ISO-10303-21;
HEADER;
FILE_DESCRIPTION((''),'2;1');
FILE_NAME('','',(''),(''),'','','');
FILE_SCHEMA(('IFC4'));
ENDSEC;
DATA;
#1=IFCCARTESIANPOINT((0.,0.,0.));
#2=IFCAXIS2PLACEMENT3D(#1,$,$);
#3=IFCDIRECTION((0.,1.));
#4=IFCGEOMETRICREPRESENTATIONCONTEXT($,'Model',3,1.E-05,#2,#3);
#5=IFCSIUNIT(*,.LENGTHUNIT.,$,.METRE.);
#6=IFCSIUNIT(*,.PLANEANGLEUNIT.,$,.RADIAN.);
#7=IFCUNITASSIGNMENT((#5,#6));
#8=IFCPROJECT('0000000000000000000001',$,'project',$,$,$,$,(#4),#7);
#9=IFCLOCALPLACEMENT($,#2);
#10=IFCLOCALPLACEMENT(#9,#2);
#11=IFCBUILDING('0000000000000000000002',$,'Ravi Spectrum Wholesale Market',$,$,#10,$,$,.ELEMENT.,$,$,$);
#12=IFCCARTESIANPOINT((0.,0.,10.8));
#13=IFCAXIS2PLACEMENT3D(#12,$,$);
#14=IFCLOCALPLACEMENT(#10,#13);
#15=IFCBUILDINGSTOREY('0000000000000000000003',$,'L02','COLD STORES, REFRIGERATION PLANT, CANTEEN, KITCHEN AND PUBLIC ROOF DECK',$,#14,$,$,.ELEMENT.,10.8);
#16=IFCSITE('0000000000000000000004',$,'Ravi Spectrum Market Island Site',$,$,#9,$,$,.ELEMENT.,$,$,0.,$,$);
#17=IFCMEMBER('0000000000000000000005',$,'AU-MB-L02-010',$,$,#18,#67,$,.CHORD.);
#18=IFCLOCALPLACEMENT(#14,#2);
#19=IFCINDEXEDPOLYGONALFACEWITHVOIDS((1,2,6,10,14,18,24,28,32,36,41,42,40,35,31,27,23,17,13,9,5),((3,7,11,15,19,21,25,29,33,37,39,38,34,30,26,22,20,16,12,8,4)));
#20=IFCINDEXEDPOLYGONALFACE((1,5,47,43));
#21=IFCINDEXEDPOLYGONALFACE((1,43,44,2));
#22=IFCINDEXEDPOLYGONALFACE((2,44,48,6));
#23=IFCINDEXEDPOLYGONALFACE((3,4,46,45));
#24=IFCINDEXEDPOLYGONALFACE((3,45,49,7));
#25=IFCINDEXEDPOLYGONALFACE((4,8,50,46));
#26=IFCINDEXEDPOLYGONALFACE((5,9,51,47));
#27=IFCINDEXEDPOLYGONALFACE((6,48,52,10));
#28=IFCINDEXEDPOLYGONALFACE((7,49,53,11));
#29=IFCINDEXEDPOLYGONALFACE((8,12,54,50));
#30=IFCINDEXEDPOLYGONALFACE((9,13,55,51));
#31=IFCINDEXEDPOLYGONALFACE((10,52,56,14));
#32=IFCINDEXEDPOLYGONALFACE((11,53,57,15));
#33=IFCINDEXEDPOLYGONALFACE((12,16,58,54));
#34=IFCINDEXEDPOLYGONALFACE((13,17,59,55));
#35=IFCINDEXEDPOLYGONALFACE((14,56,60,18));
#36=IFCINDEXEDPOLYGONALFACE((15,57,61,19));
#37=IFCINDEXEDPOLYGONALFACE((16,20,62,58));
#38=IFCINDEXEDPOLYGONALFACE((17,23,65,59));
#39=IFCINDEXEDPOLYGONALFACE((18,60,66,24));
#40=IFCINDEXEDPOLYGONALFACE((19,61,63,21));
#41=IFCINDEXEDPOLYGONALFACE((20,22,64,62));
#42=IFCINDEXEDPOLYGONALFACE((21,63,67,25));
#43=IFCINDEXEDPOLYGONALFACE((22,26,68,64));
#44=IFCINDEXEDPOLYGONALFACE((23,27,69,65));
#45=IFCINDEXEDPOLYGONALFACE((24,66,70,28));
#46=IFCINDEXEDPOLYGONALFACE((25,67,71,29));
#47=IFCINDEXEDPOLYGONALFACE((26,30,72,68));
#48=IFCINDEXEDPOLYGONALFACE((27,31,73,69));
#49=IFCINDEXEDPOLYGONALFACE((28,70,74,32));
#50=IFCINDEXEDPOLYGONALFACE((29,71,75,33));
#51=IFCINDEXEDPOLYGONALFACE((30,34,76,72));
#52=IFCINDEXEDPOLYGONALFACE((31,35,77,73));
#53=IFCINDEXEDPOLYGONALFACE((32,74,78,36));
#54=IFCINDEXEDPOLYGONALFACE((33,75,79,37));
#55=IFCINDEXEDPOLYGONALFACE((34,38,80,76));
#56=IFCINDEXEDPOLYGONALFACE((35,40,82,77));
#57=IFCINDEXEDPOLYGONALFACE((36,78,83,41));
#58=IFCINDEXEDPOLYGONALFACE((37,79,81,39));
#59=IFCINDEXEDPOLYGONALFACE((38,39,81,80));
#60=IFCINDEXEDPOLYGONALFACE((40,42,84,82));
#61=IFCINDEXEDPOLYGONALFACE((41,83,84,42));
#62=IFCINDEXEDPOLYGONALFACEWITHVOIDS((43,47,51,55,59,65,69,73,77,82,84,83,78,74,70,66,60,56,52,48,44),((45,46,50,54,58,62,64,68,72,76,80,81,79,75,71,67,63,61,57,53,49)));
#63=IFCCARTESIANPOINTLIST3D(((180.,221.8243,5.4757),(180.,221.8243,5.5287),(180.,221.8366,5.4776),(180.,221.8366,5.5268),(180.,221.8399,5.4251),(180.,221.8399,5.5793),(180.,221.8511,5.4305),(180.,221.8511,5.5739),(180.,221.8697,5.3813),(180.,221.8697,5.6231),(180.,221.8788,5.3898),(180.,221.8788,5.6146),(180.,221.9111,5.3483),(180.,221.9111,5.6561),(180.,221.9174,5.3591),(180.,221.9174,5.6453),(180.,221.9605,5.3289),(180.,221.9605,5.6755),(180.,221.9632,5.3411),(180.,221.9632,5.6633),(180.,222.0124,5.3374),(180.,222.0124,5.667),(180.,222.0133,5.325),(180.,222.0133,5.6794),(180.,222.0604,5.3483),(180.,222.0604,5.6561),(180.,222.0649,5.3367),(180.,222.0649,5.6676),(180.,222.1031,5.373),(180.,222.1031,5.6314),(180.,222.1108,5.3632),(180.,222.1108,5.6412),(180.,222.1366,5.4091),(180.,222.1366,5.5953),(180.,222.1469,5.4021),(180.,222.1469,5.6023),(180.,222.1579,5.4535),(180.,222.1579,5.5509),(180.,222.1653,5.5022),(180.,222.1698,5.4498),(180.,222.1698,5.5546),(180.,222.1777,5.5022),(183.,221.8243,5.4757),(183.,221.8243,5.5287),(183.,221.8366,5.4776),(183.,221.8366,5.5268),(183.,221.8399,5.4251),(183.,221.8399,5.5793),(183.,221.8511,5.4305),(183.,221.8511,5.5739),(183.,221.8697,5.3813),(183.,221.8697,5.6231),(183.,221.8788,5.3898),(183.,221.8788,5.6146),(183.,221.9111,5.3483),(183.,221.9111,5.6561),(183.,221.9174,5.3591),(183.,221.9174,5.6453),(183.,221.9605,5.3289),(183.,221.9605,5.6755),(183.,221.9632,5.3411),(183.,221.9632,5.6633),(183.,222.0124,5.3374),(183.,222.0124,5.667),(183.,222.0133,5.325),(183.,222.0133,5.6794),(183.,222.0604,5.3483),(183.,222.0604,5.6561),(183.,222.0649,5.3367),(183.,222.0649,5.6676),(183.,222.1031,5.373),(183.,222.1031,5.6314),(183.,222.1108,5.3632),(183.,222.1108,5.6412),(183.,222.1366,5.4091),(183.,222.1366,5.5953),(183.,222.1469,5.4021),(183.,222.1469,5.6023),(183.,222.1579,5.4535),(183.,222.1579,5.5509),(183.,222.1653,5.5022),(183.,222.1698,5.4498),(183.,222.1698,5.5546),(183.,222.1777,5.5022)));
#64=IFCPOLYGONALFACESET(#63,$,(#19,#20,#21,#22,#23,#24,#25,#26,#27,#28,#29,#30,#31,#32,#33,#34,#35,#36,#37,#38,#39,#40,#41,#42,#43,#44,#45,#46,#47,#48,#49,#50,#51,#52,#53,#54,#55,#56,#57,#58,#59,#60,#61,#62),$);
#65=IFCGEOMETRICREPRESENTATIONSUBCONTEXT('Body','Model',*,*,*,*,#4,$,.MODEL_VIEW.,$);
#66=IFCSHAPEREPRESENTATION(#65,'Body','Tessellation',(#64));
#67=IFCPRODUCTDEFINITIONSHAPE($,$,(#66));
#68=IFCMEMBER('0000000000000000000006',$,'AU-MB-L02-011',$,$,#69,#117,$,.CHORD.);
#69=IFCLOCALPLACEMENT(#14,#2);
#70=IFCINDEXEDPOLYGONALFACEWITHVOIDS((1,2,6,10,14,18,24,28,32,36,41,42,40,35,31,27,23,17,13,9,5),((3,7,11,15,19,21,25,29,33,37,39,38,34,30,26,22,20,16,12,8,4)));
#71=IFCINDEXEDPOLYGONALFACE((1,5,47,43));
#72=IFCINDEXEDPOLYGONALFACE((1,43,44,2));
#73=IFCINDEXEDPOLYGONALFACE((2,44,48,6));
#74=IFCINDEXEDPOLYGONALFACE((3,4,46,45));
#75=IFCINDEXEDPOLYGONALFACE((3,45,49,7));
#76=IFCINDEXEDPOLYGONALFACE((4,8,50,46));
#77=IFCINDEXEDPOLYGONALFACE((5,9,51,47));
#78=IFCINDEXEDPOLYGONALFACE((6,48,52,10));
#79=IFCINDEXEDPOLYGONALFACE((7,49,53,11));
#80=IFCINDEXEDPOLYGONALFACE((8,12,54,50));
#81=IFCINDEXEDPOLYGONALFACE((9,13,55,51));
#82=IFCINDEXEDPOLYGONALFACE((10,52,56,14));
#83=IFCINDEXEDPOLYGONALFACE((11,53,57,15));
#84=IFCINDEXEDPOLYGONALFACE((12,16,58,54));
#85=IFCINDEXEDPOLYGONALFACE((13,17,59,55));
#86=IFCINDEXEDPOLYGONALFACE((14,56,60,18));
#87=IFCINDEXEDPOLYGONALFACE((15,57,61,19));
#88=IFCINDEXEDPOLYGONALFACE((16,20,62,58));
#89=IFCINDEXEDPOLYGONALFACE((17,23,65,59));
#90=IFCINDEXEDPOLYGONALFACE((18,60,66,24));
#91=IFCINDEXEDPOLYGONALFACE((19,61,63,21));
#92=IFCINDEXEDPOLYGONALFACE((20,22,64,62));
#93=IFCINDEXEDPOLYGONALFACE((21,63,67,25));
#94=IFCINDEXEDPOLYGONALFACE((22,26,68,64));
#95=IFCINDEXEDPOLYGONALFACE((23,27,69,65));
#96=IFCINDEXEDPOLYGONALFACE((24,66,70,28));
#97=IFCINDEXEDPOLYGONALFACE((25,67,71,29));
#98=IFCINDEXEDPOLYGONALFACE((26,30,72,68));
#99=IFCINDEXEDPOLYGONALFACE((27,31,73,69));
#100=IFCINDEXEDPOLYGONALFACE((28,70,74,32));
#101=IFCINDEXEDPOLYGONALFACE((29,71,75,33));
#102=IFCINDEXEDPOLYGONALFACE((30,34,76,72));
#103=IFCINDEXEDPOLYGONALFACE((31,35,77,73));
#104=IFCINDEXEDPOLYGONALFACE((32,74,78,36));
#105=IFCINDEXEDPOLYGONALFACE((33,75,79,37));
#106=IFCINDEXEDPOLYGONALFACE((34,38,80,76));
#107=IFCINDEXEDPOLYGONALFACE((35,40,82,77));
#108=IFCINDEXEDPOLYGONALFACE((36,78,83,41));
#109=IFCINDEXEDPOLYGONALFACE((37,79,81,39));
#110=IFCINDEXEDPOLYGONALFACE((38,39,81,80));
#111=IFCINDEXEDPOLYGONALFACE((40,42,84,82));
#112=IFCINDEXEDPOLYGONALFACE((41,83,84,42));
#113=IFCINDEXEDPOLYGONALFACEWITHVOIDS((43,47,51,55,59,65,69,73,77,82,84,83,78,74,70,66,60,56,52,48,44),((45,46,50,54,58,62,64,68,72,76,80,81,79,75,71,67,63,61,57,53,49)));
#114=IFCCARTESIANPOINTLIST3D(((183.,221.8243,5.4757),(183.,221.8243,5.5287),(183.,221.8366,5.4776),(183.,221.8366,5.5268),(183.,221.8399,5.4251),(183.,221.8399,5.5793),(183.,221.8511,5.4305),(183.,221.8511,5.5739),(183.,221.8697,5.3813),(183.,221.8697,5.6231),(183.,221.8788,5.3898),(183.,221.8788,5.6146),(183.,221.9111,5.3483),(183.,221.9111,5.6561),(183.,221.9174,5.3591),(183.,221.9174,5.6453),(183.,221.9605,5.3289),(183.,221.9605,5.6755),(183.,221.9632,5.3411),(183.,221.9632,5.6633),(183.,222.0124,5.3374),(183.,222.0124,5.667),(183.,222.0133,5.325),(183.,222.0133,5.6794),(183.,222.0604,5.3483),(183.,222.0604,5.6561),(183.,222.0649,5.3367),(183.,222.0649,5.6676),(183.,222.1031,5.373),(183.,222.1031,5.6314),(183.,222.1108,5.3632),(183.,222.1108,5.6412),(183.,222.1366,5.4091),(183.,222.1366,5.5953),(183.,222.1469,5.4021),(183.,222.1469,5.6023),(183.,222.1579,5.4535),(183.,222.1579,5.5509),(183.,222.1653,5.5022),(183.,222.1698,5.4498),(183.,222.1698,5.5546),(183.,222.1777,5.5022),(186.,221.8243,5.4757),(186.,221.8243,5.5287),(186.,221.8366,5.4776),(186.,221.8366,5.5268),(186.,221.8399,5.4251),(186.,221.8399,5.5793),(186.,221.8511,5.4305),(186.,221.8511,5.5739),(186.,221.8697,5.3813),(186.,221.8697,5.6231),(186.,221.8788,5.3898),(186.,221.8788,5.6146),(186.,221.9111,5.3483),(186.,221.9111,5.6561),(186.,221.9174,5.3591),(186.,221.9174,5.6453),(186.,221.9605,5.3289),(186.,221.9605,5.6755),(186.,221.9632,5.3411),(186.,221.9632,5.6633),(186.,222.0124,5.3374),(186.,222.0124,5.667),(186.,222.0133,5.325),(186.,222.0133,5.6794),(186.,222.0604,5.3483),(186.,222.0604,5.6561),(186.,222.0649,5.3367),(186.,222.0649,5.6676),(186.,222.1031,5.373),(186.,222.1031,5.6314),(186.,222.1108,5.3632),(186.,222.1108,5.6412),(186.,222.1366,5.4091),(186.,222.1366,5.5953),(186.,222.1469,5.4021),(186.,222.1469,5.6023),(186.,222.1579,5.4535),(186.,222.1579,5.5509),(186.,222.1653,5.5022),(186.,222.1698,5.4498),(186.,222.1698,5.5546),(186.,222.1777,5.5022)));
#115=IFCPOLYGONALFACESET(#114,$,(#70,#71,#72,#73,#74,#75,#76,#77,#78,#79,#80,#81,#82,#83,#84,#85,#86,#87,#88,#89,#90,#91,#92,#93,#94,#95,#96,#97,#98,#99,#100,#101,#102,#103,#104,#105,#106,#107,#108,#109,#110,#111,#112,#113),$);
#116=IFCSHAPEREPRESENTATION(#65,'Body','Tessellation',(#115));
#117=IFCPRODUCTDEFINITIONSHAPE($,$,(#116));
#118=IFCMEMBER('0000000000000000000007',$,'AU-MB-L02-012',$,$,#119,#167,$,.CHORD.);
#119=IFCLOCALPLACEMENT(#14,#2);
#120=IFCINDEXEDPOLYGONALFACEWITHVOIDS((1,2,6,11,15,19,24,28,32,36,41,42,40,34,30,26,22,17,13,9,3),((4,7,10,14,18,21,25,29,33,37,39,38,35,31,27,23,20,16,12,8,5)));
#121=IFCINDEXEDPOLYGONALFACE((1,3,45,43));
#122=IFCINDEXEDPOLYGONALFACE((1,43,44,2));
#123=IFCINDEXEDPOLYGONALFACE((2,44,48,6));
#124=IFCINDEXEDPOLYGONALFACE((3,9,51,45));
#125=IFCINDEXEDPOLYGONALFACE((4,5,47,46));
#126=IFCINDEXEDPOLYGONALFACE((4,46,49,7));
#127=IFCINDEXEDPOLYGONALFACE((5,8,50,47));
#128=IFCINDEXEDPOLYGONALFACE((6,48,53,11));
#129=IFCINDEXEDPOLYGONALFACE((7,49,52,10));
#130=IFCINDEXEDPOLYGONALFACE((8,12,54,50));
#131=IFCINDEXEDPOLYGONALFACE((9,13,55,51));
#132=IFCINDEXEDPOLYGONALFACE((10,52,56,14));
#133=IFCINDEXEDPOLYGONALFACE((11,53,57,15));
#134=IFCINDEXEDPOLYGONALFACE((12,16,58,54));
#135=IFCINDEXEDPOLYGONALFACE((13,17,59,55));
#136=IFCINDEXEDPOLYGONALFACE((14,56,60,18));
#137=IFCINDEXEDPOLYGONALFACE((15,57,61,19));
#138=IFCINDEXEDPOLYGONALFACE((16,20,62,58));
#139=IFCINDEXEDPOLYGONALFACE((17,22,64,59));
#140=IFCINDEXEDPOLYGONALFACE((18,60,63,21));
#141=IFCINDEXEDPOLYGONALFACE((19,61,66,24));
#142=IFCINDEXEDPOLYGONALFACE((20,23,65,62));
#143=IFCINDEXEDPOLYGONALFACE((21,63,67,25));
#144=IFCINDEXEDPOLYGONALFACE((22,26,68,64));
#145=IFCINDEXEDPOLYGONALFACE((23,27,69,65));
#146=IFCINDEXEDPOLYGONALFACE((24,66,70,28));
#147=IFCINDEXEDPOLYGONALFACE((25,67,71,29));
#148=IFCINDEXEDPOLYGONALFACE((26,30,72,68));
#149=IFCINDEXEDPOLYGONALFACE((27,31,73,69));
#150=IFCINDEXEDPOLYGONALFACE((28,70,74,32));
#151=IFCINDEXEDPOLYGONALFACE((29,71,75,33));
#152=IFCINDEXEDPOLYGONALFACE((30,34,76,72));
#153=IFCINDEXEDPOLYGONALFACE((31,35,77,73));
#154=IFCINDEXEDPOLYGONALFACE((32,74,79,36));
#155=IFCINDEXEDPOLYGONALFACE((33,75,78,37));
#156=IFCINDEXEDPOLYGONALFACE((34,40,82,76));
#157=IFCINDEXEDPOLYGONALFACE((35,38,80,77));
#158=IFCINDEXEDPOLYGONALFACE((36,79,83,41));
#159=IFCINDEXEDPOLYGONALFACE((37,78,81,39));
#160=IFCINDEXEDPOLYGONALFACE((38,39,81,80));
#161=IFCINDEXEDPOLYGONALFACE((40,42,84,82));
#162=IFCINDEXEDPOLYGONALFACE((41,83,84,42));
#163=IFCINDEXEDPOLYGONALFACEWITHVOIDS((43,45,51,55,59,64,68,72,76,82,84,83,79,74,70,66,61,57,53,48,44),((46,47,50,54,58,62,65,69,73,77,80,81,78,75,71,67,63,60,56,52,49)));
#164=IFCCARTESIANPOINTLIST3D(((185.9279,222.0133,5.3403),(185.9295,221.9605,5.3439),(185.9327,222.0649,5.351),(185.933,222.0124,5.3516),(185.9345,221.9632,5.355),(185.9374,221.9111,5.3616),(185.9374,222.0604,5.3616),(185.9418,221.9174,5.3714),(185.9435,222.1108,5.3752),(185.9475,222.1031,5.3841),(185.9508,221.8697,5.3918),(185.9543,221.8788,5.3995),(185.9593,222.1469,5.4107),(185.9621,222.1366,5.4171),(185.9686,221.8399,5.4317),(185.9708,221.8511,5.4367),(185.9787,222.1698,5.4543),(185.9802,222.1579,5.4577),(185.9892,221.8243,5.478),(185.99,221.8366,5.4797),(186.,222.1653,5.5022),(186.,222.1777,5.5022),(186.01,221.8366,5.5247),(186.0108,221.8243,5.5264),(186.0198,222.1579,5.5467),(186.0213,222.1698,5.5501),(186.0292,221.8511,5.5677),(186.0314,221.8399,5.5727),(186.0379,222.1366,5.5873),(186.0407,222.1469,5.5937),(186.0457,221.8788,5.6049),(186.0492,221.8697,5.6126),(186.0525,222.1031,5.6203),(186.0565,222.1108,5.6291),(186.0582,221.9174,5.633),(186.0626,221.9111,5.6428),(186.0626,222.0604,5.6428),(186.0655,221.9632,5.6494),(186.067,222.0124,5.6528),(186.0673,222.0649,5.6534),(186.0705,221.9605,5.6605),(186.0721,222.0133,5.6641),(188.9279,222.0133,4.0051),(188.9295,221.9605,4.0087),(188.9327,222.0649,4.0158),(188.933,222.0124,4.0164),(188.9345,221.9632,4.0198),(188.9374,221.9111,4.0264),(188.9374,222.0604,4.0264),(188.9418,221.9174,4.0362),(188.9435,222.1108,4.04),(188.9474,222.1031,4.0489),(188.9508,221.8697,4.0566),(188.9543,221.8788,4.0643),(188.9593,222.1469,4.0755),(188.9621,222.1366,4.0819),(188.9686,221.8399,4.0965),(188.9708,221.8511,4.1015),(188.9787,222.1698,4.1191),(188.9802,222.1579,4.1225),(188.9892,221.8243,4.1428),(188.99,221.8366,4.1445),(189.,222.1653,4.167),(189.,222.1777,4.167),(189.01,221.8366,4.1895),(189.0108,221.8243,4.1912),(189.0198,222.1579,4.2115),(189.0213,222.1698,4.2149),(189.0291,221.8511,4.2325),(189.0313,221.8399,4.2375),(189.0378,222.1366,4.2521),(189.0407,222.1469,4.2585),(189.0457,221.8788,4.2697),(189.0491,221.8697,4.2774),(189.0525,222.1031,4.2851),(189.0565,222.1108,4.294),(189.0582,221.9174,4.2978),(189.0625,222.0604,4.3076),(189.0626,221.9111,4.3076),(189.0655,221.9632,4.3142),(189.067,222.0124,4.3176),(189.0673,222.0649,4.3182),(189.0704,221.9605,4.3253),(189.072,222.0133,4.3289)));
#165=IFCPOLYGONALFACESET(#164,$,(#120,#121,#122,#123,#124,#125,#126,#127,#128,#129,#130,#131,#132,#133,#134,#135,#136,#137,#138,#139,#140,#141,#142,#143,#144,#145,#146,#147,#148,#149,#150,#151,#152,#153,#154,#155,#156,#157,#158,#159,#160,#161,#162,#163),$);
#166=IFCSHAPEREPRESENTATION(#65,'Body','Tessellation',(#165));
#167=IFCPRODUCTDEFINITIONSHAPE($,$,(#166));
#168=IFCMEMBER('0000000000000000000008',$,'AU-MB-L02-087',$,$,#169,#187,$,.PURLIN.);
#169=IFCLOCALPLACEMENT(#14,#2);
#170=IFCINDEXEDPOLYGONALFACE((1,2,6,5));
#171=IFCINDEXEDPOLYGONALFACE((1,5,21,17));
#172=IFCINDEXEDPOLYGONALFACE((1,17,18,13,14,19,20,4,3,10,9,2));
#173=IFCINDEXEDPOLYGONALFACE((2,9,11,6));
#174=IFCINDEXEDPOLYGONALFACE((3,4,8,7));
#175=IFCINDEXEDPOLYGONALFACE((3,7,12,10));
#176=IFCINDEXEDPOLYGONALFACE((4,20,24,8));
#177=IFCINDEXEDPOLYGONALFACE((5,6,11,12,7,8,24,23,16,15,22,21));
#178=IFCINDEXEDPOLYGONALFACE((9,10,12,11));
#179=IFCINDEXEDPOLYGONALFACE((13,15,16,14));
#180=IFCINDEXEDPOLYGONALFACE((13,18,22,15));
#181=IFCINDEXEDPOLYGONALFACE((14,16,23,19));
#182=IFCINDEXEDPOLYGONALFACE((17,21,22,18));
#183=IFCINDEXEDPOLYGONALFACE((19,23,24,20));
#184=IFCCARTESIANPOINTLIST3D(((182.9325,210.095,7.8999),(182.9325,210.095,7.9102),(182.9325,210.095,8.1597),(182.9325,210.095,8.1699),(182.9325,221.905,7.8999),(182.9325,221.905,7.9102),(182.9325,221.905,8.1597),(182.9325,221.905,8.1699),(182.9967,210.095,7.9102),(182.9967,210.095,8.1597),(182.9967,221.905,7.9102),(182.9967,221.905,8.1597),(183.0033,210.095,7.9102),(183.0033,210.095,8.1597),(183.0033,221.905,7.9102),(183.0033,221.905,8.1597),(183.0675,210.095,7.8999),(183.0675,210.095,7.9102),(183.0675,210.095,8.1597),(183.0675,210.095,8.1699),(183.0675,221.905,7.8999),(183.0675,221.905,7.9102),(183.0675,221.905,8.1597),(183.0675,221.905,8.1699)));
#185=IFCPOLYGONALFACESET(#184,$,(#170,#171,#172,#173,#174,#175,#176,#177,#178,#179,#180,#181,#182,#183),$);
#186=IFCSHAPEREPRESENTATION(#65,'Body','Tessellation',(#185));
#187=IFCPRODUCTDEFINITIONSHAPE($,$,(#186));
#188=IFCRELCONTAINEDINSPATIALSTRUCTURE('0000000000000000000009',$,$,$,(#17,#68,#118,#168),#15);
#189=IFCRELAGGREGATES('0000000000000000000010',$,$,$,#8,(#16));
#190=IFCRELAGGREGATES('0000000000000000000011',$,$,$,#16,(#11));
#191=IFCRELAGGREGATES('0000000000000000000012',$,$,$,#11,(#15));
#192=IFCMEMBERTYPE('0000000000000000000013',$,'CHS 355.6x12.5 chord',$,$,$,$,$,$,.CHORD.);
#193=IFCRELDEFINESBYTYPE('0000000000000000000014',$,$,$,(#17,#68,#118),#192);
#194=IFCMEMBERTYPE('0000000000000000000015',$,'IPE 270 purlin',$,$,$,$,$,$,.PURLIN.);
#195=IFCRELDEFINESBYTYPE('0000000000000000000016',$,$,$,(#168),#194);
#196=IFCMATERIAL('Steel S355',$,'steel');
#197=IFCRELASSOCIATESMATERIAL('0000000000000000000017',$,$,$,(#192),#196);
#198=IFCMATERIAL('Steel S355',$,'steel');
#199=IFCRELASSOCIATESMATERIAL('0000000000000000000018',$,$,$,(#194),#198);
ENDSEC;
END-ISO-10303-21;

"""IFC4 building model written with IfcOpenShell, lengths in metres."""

from ifc_helpers import new_model, si_unit, direction, frame, origin, origin_2d, place, context, subcontext, project, spatial, hollow_circle, i_section, extrude, material, material_profile, profile_set, type_object, element, save


model = new_model("IFC4")

# Units and contexts
model_context = context("Model", 3, precision=1e-05, world=origin(), true_north=direction((0.0, 1.0)))
body_context = subcontext(model_context, "Body", "Model", "MODEL_VIEW")
ifc_project = project(units=[si_unit("LENGTHUNIT", "METRE"), si_unit("PLANEANGLEUNIT", "RADIAN")], contexts=[model_context])

# Site, building, storey
site_placement = place(None, origin())
site = spatial("IfcSite", under=ifc_project, at=site_placement, Name="Ravi Spectrum Market Island Site", CompositionType="ELEMENT", RefElevation=0.0)
building_placement = place(site_placement, origin())
building = spatial("IfcBuilding", under=site, at=building_placement, Name="Ravi Spectrum Wholesale Market", CompositionType="ELEMENT")
storey_placement = place(building_placement, frame((0.0, 0.0, 10.8)))
storey = spatial("IfcBuildingStorey", under=building, at=storey_placement, Name="L02", Description="COLD STORES, REFRIGERATION PLANT, CANTEEN, KITCHEN AND PUBLIC ROOF DECK", CompositionType="ELEMENT", Elevation=10.8)

# Members
ifc_material_1 = material(Name="Steel S355", Category="steel")
ifc_material_profile_1 = material_profile(ifc_material_1, hollow_circle(Radius=0.1777, WallThickness=0.0125, at=origin_2d()))
ifc_profile_set_1 = profile_set([ifc_material_profile_1], Name="Steel S355")
member_type_1 = type_object("IfcMemberType", Name="CHS 355.6x12.5 chord", PredefinedType="CHORD", material=ifc_profile_set_1)
for number, where, z_axis, x_axis, name in (
    (1, (180.0, 222.0, 5.5022), (1.0, 0.0, 0.0), (0.0, 1.0, 0.0), "AU-MB-L02-010"),
    (2, (183.0, 222.0, 5.5022), (1.0, 0.0, 0.0), (0.0, 1.0, 0.0), "AU-MB-L02-011"),
):
    element("IfcMember", number, at=place(storey_placement, frame(where, z_axis=z_axis, x_axis=x_axis)), inside=storey, type_object=member_type_1, Name=name, PredefinedType="CHORD", context=body_context, shape_type="SweptSolid", body=[
        extrude(hollow_circle(Radius=0.1777, WallThickness=0.0125, at=origin_2d()), origin(), (0.0, 0.0, 1.0), 3.0),
    ])
member_1_placement = place(storey_placement, frame((186.0, 222.0, 5.5022), z_axis=(0.9136, 0.0, -0.406614), x_axis=(0.0, 1.0, 0.0)))
element("IfcMember", 3, at=member_1_placement, inside=storey, type_object=member_type_1, Name="AU-MB-L02-012", PredefinedType="CHORD", context=body_context, shape_type="SweptSolid", body=[
    extrude(hollow_circle(Radius=0.1777, WallThickness=0.0125, at=origin_2d()), origin(), (0.0, 0.0, 1.0), 3.2837),
])
ifc_material_2 = material(Name="Steel S355", Category="steel")
ifc_material_profile_2 = material_profile(ifc_material_2, i_section(OverallWidth=0.135, OverallDepth=0.27, WebThickness=0.0066, FlangeThickness=0.0103, at=origin_2d()))
ifc_profile_set_2 = profile_set([ifc_material_profile_2], Name="Steel S355")
member_type_2 = type_object("IfcMemberType", Name="IPE 270 purlin", PredefinedType="PURLIN", material=ifc_profile_set_2)
member_2_placement = place(storey_placement, frame((183.0, 210.095, 8.0349), z_axis=(0.0, 1.0, 0.0), x_axis=(-1.0, 0.0, 0.0)))
element("IfcMember", 4, at=member_2_placement, inside=storey, type_object=member_type_2, Name="AU-MB-L02-087", PredefinedType="PURLIN", context=body_context, shape_type="SweptSolid", body=[
    extrude(i_section(OverallWidth=0.135, OverallDepth=0.27, WebThickness=0.0066, FlangeThickness=0.0103, at=origin_2d()), origin(), (0.0, 0.0, 1.0), 11.8101),
])

save(model, "model.ifc")
